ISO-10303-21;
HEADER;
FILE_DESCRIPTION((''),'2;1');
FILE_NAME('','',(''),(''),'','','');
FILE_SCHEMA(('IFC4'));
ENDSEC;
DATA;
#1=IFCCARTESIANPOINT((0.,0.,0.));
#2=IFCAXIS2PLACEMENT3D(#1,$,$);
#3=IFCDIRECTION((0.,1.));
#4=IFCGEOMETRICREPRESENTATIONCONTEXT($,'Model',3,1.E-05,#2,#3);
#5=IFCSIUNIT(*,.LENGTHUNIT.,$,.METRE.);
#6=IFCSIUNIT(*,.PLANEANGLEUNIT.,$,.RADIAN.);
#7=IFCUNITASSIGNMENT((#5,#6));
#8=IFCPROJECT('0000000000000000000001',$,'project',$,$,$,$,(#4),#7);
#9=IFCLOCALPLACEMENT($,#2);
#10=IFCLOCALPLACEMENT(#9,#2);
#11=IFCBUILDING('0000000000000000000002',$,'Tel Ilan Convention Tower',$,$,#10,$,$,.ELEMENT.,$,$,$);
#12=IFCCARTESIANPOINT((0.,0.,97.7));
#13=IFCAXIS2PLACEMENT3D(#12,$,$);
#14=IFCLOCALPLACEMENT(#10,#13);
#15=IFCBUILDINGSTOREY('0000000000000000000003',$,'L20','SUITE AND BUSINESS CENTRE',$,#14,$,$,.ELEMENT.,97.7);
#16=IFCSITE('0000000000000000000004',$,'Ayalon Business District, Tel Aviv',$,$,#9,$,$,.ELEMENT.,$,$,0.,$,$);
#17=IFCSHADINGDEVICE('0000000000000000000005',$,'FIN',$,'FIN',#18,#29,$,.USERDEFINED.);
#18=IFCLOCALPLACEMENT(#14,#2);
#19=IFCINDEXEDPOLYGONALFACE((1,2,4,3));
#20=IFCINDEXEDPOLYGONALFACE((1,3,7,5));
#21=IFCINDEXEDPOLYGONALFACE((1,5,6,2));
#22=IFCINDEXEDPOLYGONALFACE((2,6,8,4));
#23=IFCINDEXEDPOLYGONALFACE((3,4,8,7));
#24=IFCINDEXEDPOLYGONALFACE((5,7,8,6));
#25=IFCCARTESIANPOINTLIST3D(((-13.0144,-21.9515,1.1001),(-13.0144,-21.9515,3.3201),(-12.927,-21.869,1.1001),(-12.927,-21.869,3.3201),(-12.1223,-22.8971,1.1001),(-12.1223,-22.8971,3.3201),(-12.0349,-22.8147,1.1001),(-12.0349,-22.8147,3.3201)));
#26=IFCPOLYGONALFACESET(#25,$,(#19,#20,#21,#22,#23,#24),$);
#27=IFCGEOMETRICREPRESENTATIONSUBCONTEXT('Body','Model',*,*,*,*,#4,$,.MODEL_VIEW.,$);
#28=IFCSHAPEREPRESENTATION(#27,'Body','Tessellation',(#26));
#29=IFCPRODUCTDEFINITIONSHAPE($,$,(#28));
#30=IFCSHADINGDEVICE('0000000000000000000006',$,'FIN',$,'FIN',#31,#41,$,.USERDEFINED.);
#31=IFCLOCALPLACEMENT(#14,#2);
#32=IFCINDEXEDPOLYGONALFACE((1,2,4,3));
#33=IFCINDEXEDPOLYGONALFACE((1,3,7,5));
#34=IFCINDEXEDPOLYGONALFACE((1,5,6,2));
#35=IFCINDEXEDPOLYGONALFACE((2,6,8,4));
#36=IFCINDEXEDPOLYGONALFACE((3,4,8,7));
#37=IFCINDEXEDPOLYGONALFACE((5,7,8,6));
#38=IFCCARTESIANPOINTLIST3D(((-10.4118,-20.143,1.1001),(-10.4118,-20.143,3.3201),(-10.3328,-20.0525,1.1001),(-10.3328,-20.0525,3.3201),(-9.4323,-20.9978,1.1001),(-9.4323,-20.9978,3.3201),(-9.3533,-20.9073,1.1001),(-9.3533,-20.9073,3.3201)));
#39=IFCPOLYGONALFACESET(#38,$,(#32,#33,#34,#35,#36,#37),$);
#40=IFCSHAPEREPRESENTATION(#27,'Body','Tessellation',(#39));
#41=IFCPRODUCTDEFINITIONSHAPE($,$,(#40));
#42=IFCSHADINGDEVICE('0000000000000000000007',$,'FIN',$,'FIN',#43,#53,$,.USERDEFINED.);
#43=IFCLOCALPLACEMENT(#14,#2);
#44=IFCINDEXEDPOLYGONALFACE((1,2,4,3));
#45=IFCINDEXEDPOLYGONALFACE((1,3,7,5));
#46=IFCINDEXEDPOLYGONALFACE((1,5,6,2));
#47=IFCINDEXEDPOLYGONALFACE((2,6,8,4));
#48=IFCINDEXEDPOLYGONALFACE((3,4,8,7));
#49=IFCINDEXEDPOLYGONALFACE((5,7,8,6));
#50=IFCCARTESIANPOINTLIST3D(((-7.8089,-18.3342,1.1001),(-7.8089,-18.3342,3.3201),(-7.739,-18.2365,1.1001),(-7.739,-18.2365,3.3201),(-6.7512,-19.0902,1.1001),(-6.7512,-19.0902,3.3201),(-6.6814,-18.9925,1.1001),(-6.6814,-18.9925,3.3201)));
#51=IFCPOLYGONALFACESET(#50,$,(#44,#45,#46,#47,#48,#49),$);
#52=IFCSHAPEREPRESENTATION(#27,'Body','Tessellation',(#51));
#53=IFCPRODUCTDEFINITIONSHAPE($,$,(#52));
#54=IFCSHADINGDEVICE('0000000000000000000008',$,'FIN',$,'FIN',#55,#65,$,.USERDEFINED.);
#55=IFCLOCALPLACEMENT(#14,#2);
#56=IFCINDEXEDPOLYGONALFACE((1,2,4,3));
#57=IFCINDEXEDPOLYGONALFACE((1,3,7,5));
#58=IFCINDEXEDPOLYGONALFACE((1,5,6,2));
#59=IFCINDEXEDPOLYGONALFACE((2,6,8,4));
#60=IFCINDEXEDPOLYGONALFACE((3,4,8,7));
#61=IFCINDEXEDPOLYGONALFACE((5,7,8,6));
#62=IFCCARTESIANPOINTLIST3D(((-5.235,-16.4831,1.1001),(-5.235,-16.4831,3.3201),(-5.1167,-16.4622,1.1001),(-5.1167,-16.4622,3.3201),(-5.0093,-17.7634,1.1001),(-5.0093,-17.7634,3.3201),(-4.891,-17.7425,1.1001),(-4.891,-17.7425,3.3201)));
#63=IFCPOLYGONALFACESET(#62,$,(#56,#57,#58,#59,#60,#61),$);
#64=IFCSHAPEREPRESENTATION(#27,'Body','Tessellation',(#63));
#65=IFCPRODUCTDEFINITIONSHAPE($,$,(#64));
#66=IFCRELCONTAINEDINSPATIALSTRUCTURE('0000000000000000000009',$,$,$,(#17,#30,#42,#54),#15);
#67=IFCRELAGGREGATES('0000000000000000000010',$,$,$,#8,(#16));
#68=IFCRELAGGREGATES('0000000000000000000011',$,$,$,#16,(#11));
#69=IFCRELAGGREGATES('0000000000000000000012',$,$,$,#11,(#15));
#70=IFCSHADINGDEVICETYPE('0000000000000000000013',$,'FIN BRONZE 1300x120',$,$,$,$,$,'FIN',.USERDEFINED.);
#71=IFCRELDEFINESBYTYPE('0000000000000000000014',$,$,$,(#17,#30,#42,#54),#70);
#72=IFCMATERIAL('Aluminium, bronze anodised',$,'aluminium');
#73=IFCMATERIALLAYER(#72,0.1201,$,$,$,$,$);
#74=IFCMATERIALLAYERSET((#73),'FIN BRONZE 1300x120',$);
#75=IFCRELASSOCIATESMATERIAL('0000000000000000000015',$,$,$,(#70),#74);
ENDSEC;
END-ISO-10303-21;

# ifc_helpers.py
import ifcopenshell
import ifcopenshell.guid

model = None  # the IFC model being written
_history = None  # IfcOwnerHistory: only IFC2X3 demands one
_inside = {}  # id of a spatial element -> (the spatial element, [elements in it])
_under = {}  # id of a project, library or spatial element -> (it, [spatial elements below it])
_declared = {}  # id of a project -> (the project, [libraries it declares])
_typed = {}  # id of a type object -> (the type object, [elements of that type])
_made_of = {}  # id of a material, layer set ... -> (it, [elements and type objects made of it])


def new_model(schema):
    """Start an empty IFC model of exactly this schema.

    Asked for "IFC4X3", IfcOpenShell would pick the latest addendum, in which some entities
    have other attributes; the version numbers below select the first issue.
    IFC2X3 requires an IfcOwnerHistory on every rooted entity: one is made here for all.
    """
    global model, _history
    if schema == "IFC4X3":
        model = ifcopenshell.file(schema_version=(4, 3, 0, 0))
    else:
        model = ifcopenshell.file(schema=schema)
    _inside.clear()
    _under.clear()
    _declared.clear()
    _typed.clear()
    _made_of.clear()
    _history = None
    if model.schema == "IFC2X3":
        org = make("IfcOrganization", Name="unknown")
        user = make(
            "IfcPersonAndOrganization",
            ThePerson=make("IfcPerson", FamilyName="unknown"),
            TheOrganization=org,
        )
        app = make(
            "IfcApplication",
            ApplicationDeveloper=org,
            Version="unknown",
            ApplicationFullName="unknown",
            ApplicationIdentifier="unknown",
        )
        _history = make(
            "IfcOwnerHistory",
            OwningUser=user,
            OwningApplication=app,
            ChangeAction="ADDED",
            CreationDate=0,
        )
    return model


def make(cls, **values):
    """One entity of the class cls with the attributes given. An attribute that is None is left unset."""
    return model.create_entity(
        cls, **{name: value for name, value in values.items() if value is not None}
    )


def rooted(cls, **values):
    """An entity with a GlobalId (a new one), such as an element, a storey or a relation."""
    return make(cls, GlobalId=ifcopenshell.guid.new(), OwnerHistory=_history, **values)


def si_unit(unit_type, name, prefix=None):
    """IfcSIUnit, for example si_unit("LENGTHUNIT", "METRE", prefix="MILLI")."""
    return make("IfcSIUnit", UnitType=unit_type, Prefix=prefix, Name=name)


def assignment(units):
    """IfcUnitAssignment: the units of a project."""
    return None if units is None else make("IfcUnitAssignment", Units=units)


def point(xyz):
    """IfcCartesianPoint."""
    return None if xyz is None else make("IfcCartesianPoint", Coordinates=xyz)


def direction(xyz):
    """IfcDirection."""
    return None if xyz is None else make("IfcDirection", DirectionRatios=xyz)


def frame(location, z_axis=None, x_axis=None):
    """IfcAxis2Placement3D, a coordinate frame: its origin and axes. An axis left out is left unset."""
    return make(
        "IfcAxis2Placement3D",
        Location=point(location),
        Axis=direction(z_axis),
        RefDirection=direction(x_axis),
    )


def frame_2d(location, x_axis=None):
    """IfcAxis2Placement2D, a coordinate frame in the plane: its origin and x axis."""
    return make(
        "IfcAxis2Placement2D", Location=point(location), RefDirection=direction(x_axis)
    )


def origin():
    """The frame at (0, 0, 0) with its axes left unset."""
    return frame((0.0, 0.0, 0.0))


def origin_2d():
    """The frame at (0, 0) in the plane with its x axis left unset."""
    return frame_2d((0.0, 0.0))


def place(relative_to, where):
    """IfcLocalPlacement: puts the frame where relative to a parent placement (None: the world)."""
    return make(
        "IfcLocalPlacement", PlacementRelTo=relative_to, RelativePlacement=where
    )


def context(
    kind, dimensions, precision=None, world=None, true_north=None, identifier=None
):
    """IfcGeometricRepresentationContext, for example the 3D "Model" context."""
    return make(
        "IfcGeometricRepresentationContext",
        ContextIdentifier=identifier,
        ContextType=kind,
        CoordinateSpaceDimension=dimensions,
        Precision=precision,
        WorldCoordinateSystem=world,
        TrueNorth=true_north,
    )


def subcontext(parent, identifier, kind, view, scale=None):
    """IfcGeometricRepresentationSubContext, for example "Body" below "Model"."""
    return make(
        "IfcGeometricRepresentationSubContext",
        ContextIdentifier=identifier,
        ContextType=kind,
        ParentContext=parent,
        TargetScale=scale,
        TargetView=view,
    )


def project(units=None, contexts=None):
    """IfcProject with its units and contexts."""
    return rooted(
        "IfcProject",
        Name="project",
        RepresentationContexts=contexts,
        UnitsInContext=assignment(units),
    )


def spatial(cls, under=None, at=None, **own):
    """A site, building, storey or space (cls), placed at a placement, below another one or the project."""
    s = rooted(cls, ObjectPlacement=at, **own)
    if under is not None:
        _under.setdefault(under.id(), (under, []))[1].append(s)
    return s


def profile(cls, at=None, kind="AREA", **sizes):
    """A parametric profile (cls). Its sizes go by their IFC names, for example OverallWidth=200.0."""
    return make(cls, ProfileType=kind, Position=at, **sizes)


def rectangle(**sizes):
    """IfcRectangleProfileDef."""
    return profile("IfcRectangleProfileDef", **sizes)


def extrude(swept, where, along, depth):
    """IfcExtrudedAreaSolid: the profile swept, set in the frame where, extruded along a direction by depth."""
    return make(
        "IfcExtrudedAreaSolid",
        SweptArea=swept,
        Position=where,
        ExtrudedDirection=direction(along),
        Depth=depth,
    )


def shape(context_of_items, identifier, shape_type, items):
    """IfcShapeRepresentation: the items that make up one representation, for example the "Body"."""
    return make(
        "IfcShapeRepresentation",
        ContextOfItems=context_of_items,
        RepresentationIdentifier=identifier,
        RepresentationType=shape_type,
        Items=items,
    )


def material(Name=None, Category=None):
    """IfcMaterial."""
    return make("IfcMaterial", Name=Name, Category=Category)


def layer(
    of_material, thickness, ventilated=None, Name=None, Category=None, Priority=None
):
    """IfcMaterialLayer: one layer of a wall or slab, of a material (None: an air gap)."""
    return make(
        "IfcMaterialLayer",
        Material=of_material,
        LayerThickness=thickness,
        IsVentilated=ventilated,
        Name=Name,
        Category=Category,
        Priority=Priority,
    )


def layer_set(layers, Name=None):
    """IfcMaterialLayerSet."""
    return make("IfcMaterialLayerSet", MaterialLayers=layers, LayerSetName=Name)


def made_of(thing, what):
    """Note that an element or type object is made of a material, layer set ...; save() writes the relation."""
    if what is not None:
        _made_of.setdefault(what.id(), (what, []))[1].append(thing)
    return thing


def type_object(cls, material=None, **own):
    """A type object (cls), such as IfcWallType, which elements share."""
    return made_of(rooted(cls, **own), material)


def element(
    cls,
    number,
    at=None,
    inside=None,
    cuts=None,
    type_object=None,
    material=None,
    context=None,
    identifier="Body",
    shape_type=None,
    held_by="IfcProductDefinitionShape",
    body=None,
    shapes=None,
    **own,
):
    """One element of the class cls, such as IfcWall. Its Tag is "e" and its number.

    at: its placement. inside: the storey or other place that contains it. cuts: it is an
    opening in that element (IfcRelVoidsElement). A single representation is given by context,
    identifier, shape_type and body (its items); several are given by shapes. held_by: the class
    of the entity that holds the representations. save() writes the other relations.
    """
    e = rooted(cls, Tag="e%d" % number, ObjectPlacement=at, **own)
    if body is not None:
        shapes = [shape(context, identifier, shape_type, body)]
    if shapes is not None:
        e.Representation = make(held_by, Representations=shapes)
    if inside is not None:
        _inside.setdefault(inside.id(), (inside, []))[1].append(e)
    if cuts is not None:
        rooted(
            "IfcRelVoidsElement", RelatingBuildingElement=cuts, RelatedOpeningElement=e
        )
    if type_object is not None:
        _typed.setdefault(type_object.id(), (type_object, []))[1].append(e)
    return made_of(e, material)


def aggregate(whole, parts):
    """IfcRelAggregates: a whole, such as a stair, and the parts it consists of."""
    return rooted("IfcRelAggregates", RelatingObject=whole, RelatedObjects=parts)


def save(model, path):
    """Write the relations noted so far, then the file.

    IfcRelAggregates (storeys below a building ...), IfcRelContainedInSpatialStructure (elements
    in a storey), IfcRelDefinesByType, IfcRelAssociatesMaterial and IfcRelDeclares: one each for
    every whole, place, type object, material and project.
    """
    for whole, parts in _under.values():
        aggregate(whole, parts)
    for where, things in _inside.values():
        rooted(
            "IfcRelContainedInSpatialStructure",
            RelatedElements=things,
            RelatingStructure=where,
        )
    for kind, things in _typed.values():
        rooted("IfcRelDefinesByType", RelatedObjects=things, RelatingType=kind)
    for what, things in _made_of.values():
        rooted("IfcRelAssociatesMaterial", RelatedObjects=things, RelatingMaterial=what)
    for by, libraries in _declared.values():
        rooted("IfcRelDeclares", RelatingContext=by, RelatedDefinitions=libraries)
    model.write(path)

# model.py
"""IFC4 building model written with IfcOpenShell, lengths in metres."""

from ifc_helpers import new_model, si_unit, direction, frame, origin, origin_2d, place, context, subcontext, project, spatial, rectangle, extrude, material, layer, layer_set, type_object, element, save


model = new_model("IFC4")

# Units and contexts
model_context = context("Model", 3, precision=1e-05, world=origin(), true_north=direction((0.0, 1.0)))
body_context = subcontext(model_context, "Body", "Model", "MODEL_VIEW")
ifc_project = project(units=[si_unit("LENGTHUNIT", "METRE"), si_unit("PLANEANGLEUNIT", "RADIAN")], contexts=[model_context])

# Site, building, storey
site_placement = place(None, origin())
site = spatial("IfcSite", under=ifc_project, at=site_placement, Name="Ayalon Business District, Tel Aviv", CompositionType="ELEMENT", RefElevation=0.0)
building_placement = place(site_placement, origin())
building = spatial("IfcBuilding", under=site, at=building_placement, Name="Tel Ilan Convention Tower", CompositionType="ELEMENT")
storey_placement = place(building_placement, frame((0.0, 0.0, 97.7)))
storey = spatial("IfcBuildingStorey", under=building, at=storey_placement, Name="L20", Description="SUITE AND BUSINESS CENTRE", CompositionType="ELEMENT", Elevation=97.7)

# Shading devices
ifc_material_1 = material(Name="Aluminium, bronze anodised", Category="aluminium")
ifc_layer_1 = layer(ifc_material_1, 0.1201)
ifc_layer_set_1 = layer_set([ifc_layer_1], Name="FIN BRONZE 1300x120")
shading_device_type = type_object("IfcShadingDeviceType", Name="FIN BRONZE 1300x120", ElementType="FIN", PredefinedType="USERDEFINED", material=ifc_layer_set_1)
for number, where, z_axis, x_axis, name in (
    (1, (-12.5247, -22.3831, 1.1001), (0.0, 0.0, 1.0), (0.686242, -0.727374, 0.0), "FIN"),
    (2, (-9.8826, -20.5251, 1.1001), (0.0, 0.0, 1.0), (0.753436, -0.657521, 0.0), "FIN"),
    (3, (-7.2451, -18.6633, 1.1001), (0.0, 0.0, 1.0), (0.813552, -0.581492, 0.0), "FIN"),
    (4, (-5.063, -17.1128, 1.1001), (0.0, 0.0, 1.0), (0.173648, -0.984808, 0.0), "FIN"),
):
    element("IfcShadingDevice", number, at=place(storey_placement, frame(where, z_axis=z_axis, x_axis=x_axis)), inside=storey, type_object=shading_device_type, Name=name, ObjectType="FIN", PredefinedType="USERDEFINED", context=body_context, shape_type="SweptSolid", body=[
        extrude(rectangle(XDim=1.3, YDim=0.1201, at=origin_2d()), origin(), (0.0, 0.0, 1.0), 2.22),
    ])

save(model, "model.ifc")
